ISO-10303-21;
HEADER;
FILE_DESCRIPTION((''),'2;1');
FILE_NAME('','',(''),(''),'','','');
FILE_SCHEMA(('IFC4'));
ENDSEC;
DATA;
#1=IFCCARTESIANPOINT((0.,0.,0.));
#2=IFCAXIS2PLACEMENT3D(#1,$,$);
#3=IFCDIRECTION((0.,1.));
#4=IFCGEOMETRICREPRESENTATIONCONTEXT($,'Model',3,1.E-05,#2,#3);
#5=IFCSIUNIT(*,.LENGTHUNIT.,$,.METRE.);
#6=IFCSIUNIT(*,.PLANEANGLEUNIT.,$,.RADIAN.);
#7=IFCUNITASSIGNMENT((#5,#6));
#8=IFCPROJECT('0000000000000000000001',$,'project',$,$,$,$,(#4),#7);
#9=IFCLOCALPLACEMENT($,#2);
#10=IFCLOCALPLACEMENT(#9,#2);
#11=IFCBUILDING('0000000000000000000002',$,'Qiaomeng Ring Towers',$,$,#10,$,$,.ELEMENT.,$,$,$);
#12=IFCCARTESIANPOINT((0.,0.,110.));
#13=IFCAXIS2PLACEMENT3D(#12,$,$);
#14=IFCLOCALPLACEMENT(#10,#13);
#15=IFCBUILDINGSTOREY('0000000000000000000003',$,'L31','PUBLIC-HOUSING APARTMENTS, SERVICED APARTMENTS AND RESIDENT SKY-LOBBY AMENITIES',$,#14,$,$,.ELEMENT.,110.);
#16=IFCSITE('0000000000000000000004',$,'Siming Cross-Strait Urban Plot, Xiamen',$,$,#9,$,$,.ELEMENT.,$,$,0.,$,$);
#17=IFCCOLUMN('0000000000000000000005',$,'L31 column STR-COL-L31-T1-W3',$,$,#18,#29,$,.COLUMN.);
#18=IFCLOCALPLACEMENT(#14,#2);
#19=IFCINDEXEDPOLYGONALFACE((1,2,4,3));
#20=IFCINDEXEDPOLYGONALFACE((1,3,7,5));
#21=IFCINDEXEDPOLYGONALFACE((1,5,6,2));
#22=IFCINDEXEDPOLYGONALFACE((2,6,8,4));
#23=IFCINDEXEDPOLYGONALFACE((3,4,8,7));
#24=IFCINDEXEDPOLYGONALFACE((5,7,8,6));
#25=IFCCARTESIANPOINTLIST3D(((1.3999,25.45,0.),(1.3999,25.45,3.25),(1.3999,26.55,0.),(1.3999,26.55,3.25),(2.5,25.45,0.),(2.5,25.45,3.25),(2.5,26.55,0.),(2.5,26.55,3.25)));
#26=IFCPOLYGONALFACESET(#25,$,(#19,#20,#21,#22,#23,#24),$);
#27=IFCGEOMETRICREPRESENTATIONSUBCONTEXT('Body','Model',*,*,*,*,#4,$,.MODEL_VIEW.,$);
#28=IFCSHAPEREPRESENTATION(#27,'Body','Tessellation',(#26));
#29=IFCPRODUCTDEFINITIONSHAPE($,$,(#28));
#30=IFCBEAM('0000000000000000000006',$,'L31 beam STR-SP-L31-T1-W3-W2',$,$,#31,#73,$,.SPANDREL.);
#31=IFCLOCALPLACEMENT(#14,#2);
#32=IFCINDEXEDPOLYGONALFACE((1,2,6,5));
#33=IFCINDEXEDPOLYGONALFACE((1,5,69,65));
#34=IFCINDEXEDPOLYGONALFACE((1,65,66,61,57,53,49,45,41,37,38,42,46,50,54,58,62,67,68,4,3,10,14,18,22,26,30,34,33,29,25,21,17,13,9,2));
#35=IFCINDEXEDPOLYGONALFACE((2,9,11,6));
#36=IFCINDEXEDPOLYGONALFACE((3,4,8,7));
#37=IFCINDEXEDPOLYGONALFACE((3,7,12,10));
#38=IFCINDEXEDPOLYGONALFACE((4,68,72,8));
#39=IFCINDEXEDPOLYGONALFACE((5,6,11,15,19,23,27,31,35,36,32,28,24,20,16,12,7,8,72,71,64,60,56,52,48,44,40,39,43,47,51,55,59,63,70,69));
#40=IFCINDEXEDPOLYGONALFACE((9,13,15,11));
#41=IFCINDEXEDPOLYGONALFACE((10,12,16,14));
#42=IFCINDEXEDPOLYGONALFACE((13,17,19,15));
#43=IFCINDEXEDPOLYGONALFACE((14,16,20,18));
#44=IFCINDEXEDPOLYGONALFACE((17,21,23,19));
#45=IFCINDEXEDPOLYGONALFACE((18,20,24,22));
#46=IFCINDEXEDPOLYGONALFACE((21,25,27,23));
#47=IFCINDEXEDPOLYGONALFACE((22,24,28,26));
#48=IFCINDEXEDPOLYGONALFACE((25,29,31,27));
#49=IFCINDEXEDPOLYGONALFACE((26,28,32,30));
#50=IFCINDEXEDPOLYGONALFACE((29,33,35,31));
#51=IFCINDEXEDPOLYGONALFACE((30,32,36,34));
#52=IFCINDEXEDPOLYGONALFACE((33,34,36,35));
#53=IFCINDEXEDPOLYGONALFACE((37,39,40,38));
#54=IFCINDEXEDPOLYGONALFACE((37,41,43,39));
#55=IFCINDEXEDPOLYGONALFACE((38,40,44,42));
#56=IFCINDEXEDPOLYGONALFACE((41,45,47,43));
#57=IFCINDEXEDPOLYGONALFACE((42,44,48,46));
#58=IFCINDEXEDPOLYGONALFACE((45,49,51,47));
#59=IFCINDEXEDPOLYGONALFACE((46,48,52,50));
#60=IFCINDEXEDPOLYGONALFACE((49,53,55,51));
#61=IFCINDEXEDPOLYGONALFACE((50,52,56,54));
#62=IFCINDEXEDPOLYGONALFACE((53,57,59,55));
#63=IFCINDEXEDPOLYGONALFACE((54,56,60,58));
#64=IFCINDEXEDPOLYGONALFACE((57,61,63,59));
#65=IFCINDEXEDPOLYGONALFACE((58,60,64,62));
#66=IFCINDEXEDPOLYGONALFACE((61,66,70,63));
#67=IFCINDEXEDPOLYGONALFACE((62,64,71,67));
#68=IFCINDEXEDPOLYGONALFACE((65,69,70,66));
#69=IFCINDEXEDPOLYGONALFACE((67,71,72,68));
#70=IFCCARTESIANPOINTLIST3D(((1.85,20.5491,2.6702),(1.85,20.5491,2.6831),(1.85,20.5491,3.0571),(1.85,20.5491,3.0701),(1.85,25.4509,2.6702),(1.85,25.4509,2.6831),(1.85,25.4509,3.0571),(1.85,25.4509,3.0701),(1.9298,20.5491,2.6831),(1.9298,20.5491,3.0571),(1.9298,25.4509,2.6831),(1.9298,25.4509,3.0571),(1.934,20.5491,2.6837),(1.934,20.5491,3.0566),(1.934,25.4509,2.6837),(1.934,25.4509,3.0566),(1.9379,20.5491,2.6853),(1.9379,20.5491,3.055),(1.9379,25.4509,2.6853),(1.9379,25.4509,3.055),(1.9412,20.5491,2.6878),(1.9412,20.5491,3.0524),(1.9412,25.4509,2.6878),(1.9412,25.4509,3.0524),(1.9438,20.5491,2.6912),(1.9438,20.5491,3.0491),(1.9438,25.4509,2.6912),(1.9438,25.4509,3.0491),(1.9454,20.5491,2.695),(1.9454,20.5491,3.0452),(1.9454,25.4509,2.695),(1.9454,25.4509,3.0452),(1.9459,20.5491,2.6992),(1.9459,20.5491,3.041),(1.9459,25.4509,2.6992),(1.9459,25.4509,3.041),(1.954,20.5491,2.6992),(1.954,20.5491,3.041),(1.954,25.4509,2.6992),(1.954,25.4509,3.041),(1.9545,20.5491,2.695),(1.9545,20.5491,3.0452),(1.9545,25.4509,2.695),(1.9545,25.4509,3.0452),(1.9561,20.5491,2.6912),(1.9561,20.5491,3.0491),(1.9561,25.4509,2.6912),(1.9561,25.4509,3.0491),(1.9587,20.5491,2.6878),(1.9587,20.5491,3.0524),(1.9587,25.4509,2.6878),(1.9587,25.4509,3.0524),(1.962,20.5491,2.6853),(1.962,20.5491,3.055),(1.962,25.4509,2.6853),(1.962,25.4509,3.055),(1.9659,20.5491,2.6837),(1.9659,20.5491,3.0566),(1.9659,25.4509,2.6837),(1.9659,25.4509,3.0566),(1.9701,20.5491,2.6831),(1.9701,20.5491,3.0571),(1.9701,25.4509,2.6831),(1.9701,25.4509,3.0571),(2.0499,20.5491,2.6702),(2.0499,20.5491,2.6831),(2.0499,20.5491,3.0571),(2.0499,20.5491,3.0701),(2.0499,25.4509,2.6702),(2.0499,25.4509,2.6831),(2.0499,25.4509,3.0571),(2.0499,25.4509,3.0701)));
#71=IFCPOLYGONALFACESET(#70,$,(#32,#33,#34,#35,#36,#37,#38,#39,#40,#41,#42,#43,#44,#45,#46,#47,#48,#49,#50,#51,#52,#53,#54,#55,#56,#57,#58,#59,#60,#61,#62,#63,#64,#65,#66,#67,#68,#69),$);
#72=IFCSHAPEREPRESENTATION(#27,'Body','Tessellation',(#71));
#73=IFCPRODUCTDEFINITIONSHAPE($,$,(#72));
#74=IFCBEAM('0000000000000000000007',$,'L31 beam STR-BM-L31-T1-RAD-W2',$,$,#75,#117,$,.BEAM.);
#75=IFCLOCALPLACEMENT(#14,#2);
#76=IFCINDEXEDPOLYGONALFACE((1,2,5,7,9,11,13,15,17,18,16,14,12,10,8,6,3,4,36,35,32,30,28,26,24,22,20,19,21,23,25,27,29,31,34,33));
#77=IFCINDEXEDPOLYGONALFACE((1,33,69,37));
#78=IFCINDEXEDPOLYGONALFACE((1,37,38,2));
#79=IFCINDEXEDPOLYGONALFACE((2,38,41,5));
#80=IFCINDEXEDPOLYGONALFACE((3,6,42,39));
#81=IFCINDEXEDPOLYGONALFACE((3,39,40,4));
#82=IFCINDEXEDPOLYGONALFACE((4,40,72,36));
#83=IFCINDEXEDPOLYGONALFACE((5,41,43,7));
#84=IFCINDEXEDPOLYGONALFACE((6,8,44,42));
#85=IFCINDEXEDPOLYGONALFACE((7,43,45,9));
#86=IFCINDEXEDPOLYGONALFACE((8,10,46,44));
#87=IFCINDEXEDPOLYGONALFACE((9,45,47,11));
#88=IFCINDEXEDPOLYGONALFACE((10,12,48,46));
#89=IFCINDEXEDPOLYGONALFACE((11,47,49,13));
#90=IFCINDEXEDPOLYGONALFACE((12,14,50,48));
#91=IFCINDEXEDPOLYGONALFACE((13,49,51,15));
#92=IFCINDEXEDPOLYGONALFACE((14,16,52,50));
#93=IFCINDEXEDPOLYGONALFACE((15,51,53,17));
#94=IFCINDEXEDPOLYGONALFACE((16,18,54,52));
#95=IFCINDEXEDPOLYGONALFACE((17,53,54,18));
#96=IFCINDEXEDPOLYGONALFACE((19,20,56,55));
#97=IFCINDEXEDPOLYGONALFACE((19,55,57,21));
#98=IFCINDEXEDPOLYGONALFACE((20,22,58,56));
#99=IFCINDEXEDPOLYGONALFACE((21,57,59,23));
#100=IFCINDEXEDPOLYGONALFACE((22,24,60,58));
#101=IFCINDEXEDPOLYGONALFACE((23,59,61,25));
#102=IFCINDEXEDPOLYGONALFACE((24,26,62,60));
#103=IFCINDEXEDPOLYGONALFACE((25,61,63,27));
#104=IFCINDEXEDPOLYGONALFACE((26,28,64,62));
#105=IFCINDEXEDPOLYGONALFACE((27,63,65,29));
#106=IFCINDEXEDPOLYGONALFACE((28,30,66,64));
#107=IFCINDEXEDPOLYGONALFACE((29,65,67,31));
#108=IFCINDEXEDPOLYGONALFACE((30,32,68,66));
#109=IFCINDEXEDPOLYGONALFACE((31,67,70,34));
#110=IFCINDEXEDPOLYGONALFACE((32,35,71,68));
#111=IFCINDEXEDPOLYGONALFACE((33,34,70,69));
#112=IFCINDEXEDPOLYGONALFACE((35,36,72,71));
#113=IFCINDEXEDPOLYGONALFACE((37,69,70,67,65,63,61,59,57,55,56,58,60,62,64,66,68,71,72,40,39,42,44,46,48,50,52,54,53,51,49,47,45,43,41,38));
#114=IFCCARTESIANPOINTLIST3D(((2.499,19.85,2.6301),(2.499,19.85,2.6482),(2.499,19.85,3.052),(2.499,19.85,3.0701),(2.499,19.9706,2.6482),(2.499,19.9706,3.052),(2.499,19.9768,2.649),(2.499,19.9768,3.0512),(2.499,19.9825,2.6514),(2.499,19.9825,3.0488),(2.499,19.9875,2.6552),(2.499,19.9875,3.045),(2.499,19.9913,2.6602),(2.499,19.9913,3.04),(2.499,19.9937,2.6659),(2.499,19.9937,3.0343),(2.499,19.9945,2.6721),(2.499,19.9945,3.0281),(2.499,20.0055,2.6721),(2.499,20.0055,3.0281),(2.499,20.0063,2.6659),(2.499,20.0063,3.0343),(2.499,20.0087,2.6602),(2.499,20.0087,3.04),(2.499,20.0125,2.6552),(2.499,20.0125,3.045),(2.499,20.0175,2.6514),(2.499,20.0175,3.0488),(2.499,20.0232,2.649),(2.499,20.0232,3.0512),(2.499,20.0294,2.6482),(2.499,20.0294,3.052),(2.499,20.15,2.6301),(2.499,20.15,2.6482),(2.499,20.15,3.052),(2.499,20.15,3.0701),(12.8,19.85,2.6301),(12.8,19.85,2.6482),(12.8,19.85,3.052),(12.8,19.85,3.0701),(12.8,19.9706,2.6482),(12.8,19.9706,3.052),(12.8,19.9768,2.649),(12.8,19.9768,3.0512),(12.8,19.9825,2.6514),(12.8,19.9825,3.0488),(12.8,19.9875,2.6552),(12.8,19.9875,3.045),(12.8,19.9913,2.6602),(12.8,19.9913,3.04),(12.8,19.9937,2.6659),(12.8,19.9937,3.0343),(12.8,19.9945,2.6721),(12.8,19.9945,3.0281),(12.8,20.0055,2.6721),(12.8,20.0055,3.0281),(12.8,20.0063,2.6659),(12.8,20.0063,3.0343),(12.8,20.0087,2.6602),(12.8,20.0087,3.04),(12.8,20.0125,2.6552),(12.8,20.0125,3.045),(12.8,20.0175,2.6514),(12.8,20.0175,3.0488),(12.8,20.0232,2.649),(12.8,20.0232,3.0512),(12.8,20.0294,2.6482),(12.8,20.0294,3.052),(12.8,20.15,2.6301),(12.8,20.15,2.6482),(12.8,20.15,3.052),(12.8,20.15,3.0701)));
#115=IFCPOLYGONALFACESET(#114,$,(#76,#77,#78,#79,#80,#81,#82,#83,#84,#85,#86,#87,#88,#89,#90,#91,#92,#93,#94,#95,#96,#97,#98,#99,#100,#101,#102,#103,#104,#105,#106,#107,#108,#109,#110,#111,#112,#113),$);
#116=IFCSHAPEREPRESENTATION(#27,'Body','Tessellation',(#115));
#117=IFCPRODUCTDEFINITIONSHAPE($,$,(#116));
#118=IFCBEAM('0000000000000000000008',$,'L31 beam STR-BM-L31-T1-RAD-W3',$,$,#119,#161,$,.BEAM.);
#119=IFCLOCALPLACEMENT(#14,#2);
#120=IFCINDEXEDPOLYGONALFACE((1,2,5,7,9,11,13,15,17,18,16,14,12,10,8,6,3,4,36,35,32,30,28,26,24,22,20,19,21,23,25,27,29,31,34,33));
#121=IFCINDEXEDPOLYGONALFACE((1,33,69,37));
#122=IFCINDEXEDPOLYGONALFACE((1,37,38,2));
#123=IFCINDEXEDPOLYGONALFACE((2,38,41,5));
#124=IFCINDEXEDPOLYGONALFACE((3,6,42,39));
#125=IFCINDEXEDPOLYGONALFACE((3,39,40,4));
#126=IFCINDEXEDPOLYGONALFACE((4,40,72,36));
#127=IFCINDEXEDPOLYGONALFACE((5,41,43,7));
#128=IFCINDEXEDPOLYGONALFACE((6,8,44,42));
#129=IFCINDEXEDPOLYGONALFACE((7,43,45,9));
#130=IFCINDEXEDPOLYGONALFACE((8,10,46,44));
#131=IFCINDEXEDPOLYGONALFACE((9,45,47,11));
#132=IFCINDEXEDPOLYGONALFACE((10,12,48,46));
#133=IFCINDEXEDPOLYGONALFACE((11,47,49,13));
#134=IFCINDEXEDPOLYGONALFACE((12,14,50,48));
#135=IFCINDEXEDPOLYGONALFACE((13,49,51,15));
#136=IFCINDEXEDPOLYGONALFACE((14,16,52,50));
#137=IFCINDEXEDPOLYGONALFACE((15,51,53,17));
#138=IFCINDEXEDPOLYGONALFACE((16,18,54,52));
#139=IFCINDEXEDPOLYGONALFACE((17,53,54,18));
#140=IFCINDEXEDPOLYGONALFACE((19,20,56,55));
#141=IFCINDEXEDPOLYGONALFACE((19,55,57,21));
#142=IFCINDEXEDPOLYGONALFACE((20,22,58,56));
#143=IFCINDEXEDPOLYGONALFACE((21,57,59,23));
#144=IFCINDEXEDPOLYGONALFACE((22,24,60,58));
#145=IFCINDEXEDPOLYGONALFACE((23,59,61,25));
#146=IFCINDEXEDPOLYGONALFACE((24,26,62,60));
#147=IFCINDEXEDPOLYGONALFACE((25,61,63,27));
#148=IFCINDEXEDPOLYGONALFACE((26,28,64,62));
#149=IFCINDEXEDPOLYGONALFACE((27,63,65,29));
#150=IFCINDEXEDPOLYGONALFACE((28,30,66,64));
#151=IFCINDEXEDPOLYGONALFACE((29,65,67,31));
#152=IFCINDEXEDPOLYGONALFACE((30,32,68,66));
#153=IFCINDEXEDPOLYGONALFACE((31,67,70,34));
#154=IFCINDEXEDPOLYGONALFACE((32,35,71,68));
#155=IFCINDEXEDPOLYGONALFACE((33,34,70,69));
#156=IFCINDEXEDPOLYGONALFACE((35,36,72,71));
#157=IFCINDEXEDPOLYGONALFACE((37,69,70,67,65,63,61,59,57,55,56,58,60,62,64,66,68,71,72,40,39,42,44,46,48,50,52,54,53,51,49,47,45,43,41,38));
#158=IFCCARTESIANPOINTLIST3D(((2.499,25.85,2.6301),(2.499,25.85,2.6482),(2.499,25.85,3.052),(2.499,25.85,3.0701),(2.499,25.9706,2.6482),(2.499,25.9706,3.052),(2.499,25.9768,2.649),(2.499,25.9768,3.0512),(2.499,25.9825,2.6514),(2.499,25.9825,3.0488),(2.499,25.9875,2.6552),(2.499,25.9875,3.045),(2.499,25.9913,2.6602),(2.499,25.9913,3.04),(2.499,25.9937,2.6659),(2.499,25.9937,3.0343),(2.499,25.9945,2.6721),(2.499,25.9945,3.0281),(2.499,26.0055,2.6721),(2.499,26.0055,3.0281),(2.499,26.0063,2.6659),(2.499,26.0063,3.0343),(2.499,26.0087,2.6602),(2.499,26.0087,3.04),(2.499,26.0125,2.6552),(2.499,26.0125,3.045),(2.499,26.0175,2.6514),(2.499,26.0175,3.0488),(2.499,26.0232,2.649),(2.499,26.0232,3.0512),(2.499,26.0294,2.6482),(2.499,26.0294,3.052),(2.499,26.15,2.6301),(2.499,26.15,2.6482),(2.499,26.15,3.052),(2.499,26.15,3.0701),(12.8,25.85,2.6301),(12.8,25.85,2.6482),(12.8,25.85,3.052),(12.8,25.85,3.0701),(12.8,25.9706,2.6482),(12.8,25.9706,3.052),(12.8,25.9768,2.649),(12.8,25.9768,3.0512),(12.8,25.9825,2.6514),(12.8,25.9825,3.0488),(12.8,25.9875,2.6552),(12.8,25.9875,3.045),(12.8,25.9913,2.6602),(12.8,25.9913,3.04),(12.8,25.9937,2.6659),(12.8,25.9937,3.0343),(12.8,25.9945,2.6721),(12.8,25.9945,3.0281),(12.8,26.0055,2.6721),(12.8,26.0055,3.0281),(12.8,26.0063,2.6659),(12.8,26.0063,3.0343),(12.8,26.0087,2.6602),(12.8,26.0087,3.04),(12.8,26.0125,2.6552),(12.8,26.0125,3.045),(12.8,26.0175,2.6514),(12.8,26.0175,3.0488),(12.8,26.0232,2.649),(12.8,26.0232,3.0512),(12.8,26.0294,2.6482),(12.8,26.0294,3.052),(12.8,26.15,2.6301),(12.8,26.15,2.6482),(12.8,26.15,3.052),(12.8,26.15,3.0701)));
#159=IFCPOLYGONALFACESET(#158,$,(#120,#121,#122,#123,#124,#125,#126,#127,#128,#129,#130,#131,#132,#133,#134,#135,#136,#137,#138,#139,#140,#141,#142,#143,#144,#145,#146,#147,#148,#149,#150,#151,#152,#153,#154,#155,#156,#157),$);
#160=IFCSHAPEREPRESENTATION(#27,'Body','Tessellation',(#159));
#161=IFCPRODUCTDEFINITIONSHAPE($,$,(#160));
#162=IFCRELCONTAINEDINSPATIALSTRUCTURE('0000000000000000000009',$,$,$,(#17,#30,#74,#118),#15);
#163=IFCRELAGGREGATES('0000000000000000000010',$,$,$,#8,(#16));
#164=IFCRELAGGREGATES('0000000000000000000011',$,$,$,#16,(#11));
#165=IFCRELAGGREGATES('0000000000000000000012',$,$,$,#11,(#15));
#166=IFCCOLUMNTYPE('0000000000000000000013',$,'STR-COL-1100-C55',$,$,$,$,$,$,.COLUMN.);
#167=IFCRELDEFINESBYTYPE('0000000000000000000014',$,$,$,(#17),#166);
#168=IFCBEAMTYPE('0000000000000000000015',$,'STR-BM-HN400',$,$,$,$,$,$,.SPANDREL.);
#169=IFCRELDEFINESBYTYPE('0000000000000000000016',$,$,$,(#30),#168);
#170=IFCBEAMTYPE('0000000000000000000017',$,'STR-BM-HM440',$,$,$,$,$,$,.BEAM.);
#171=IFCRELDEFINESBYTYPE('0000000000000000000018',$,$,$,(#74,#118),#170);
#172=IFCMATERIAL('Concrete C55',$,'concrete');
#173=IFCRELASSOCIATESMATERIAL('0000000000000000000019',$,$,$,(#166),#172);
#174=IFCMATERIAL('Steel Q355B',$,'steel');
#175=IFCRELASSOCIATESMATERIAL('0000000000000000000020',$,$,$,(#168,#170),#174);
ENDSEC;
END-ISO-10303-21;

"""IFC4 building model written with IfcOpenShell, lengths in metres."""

from ifc_helpers import new_model, si_unit, direction, frame, origin, origin_2d, place, context, subcontext, project, spatial, rectangle, i_section, extrude, source, transform, mapped, material, material_profile, profile_set, type_object, element, save


model = new_model("IFC4")

# Units and contexts
model_context = context("Model", 3, precision=1e-05, world=origin(), true_north=direction((0.0, 1.0)))
body_context = subcontext(model_context, "Body", "Model", "MODEL_VIEW")
ifc_project = project(units=[si_unit("LENGTHUNIT", "METRE"), si_unit("PLANEANGLEUNIT", "RADIAN")], contexts=[model_context])

# Site, building, storey
site_placement = place(None, origin())
site = spatial("IfcSite", under=ifc_project, at=site_placement, Name="Siming Cross-Strait Urban Plot, Xiamen", CompositionType="ELEMENT", RefElevation=0.0)
building_placement = place(site_placement, origin())
building = spatial("IfcBuilding", under=site, at=building_placement, Name="Qiaomeng Ring Towers", CompositionType="ELEMENT")
storey_placement = place(building_placement, frame((0.0, 0.0, 110.0)))
storey = spatial("IfcBuildingStorey", under=building, at=storey_placement, Name="L31", Description="PUBLIC-HOUSING APARTMENTS, SERVICED APARTMENTS AND RESIDENT SKY-LOBBY AMENITIES", CompositionType="ELEMENT", Elevation=110.0)

# Column
ifc_material_1 = material(Name="Concrete C55", Category="concrete")
ifc_material_profile_1 = material_profile(ifc_material_1, rectangle(XDim=1.1001, YDim=1.1001, at=origin_2d()), Name="RC COL 1100x1100")
ifc_profile_set_1 = profile_set([ifc_material_profile_1], Name="Concrete C55")
column_type = type_object("IfcColumnType", Name="STR-COL-1100-C55", PredefinedType="COLUMN", material=ifc_profile_set_1)
shared_shape_1 = source(origin(), body_context, "Body", "SweptSolid", [
    extrude(rectangle(XDim=1.1001, YDim=1.1001, at=origin_2d()), origin(), (0.0, 0.0, 1.0), 3.25),
])
column_placement = place(storey_placement, frame((1.95, 26.0, 0.0), z_axis=(0.0, 0.0, 1.0), x_axis=(1.0, 0.0, 0.0)))
element("IfcColumn", 1, at=column_placement, inside=storey, type_object=column_type, Name="L31 column STR-COL-L31-T1-W3", PredefinedType="COLUMN", context=body_context, shape_type="MappedRepresentation", body=[
    mapped(shared_shape_1, transform((0.0, 0.0, 0.0), x_axis=(1.0, 0.0, 0.0), y_axis=(0.0, 1.0, 0.0), z_axis=(0.0, 0.0, 1.0), scale=1.0)),
])

# Beams
ifc_material_2 = material(Name="Steel Q355B", Category="steel")
ifc_material_profile_2 = material_profile(ifc_material_2, i_section(OverallWidth=0.2, OverallDepth=0.3999, WebThickness=0.0081, FlangeThickness=0.0129, FilletRadius=0.0161, at=origin_2d()), Name="HN 400x200x8x13")
ifc_profile_set_2 = profile_set([ifc_material_profile_2], Name="Steel Q355B")
beam_type_1 = type_object("IfcBeamType", Name="STR-BM-HN400", PredefinedType="SPANDREL", material=ifc_profile_set_2)
shared_shape_2 = source(origin(), body_context, "Body", "SweptSolid", [
    extrude(i_section(OverallWidth=0.2, OverallDepth=0.3999, WebThickness=0.0081, FlangeThickness=0.0129, FilletRadius=0.0161, at=origin_2d()), origin(), (0.0, 0.0, 1.0), 4.9019),
])
beam_1_placement = place(storey_placement, frame((1.95, 25.4509, 2.8701), z_axis=(0.0, -1.0, 0.0), x_axis=(1.0, 0.0, 0.0)))
element("IfcBeam", 2, at=beam_1_placement, inside=storey, type_object=beam_type_1, Name="L31 beam STR-SP-L31-T1-W3-W2", PredefinedType="SPANDREL", context=body_context, shape_type="MappedRepresentation", body=[
    mapped(shared_shape_2, transform((0.0, 0.0, 0.0), x_axis=(1.0, 0.0, 0.0), y_axis=(0.0, 1.0, 0.0), z_axis=(0.0, 0.0, 1.0), scale=1.0)),
])
ifc_material_profile_3 = material_profile(ifc_material_2, i_section(OverallWidth=0.3, OverallDepth=0.4399, WebThickness=0.011, FlangeThickness=0.0181, FilletRadius=0.0239, at=origin_2d()), Name="HM 440x300x11x18")
ifc_profile_set_3 = profile_set([ifc_material_profile_3], Name="Steel Q355B")
beam_type_2 = type_object("IfcBeamType", Name="STR-BM-HM440", PredefinedType="BEAM", material=ifc_profile_set_3)
shared_shape_3 = source(origin(), body_context, "Body", "SweptSolid", [
    extrude(i_section(OverallWidth=0.3, OverallDepth=0.4399, WebThickness=0.011, FlangeThickness=0.0181, FilletRadius=0.0239, at=origin_2d()), origin(), (0.0, 0.0, 1.0), 10.301),
])
for number, where, z_axis, x_axis, name in (
    (3, (2.499, 20.0, 2.8501), (1.0, 0.0, 0.0), (0.0, 1.0, 0.0), "L31 beam STR-BM-L31-T1-RAD-W2"),
    (4, (2.499, 26.0, 2.8501), (1.0, 0.0, 0.0), (0.0, 1.0, 0.0), "L31 beam STR-BM-L31-T1-RAD-W3"),
):
    element("IfcBeam", number, at=place(storey_placement, frame(where, z_axis=z_axis, x_axis=x_axis)), inside=storey, type_object=beam_type_2, Name=name, PredefinedType="BEAM", context=body_context, shape_type="MappedRepresentation", body=[
        mapped(shared_shape_3, transform((0.0, 0.0, 0.0), x_axis=(1.0, 0.0, 0.0), y_axis=(0.0, 1.0, 0.0), z_axis=(0.0, 0.0, 1.0), scale=1.0)),
    ])

save(model, "model.ifc")
